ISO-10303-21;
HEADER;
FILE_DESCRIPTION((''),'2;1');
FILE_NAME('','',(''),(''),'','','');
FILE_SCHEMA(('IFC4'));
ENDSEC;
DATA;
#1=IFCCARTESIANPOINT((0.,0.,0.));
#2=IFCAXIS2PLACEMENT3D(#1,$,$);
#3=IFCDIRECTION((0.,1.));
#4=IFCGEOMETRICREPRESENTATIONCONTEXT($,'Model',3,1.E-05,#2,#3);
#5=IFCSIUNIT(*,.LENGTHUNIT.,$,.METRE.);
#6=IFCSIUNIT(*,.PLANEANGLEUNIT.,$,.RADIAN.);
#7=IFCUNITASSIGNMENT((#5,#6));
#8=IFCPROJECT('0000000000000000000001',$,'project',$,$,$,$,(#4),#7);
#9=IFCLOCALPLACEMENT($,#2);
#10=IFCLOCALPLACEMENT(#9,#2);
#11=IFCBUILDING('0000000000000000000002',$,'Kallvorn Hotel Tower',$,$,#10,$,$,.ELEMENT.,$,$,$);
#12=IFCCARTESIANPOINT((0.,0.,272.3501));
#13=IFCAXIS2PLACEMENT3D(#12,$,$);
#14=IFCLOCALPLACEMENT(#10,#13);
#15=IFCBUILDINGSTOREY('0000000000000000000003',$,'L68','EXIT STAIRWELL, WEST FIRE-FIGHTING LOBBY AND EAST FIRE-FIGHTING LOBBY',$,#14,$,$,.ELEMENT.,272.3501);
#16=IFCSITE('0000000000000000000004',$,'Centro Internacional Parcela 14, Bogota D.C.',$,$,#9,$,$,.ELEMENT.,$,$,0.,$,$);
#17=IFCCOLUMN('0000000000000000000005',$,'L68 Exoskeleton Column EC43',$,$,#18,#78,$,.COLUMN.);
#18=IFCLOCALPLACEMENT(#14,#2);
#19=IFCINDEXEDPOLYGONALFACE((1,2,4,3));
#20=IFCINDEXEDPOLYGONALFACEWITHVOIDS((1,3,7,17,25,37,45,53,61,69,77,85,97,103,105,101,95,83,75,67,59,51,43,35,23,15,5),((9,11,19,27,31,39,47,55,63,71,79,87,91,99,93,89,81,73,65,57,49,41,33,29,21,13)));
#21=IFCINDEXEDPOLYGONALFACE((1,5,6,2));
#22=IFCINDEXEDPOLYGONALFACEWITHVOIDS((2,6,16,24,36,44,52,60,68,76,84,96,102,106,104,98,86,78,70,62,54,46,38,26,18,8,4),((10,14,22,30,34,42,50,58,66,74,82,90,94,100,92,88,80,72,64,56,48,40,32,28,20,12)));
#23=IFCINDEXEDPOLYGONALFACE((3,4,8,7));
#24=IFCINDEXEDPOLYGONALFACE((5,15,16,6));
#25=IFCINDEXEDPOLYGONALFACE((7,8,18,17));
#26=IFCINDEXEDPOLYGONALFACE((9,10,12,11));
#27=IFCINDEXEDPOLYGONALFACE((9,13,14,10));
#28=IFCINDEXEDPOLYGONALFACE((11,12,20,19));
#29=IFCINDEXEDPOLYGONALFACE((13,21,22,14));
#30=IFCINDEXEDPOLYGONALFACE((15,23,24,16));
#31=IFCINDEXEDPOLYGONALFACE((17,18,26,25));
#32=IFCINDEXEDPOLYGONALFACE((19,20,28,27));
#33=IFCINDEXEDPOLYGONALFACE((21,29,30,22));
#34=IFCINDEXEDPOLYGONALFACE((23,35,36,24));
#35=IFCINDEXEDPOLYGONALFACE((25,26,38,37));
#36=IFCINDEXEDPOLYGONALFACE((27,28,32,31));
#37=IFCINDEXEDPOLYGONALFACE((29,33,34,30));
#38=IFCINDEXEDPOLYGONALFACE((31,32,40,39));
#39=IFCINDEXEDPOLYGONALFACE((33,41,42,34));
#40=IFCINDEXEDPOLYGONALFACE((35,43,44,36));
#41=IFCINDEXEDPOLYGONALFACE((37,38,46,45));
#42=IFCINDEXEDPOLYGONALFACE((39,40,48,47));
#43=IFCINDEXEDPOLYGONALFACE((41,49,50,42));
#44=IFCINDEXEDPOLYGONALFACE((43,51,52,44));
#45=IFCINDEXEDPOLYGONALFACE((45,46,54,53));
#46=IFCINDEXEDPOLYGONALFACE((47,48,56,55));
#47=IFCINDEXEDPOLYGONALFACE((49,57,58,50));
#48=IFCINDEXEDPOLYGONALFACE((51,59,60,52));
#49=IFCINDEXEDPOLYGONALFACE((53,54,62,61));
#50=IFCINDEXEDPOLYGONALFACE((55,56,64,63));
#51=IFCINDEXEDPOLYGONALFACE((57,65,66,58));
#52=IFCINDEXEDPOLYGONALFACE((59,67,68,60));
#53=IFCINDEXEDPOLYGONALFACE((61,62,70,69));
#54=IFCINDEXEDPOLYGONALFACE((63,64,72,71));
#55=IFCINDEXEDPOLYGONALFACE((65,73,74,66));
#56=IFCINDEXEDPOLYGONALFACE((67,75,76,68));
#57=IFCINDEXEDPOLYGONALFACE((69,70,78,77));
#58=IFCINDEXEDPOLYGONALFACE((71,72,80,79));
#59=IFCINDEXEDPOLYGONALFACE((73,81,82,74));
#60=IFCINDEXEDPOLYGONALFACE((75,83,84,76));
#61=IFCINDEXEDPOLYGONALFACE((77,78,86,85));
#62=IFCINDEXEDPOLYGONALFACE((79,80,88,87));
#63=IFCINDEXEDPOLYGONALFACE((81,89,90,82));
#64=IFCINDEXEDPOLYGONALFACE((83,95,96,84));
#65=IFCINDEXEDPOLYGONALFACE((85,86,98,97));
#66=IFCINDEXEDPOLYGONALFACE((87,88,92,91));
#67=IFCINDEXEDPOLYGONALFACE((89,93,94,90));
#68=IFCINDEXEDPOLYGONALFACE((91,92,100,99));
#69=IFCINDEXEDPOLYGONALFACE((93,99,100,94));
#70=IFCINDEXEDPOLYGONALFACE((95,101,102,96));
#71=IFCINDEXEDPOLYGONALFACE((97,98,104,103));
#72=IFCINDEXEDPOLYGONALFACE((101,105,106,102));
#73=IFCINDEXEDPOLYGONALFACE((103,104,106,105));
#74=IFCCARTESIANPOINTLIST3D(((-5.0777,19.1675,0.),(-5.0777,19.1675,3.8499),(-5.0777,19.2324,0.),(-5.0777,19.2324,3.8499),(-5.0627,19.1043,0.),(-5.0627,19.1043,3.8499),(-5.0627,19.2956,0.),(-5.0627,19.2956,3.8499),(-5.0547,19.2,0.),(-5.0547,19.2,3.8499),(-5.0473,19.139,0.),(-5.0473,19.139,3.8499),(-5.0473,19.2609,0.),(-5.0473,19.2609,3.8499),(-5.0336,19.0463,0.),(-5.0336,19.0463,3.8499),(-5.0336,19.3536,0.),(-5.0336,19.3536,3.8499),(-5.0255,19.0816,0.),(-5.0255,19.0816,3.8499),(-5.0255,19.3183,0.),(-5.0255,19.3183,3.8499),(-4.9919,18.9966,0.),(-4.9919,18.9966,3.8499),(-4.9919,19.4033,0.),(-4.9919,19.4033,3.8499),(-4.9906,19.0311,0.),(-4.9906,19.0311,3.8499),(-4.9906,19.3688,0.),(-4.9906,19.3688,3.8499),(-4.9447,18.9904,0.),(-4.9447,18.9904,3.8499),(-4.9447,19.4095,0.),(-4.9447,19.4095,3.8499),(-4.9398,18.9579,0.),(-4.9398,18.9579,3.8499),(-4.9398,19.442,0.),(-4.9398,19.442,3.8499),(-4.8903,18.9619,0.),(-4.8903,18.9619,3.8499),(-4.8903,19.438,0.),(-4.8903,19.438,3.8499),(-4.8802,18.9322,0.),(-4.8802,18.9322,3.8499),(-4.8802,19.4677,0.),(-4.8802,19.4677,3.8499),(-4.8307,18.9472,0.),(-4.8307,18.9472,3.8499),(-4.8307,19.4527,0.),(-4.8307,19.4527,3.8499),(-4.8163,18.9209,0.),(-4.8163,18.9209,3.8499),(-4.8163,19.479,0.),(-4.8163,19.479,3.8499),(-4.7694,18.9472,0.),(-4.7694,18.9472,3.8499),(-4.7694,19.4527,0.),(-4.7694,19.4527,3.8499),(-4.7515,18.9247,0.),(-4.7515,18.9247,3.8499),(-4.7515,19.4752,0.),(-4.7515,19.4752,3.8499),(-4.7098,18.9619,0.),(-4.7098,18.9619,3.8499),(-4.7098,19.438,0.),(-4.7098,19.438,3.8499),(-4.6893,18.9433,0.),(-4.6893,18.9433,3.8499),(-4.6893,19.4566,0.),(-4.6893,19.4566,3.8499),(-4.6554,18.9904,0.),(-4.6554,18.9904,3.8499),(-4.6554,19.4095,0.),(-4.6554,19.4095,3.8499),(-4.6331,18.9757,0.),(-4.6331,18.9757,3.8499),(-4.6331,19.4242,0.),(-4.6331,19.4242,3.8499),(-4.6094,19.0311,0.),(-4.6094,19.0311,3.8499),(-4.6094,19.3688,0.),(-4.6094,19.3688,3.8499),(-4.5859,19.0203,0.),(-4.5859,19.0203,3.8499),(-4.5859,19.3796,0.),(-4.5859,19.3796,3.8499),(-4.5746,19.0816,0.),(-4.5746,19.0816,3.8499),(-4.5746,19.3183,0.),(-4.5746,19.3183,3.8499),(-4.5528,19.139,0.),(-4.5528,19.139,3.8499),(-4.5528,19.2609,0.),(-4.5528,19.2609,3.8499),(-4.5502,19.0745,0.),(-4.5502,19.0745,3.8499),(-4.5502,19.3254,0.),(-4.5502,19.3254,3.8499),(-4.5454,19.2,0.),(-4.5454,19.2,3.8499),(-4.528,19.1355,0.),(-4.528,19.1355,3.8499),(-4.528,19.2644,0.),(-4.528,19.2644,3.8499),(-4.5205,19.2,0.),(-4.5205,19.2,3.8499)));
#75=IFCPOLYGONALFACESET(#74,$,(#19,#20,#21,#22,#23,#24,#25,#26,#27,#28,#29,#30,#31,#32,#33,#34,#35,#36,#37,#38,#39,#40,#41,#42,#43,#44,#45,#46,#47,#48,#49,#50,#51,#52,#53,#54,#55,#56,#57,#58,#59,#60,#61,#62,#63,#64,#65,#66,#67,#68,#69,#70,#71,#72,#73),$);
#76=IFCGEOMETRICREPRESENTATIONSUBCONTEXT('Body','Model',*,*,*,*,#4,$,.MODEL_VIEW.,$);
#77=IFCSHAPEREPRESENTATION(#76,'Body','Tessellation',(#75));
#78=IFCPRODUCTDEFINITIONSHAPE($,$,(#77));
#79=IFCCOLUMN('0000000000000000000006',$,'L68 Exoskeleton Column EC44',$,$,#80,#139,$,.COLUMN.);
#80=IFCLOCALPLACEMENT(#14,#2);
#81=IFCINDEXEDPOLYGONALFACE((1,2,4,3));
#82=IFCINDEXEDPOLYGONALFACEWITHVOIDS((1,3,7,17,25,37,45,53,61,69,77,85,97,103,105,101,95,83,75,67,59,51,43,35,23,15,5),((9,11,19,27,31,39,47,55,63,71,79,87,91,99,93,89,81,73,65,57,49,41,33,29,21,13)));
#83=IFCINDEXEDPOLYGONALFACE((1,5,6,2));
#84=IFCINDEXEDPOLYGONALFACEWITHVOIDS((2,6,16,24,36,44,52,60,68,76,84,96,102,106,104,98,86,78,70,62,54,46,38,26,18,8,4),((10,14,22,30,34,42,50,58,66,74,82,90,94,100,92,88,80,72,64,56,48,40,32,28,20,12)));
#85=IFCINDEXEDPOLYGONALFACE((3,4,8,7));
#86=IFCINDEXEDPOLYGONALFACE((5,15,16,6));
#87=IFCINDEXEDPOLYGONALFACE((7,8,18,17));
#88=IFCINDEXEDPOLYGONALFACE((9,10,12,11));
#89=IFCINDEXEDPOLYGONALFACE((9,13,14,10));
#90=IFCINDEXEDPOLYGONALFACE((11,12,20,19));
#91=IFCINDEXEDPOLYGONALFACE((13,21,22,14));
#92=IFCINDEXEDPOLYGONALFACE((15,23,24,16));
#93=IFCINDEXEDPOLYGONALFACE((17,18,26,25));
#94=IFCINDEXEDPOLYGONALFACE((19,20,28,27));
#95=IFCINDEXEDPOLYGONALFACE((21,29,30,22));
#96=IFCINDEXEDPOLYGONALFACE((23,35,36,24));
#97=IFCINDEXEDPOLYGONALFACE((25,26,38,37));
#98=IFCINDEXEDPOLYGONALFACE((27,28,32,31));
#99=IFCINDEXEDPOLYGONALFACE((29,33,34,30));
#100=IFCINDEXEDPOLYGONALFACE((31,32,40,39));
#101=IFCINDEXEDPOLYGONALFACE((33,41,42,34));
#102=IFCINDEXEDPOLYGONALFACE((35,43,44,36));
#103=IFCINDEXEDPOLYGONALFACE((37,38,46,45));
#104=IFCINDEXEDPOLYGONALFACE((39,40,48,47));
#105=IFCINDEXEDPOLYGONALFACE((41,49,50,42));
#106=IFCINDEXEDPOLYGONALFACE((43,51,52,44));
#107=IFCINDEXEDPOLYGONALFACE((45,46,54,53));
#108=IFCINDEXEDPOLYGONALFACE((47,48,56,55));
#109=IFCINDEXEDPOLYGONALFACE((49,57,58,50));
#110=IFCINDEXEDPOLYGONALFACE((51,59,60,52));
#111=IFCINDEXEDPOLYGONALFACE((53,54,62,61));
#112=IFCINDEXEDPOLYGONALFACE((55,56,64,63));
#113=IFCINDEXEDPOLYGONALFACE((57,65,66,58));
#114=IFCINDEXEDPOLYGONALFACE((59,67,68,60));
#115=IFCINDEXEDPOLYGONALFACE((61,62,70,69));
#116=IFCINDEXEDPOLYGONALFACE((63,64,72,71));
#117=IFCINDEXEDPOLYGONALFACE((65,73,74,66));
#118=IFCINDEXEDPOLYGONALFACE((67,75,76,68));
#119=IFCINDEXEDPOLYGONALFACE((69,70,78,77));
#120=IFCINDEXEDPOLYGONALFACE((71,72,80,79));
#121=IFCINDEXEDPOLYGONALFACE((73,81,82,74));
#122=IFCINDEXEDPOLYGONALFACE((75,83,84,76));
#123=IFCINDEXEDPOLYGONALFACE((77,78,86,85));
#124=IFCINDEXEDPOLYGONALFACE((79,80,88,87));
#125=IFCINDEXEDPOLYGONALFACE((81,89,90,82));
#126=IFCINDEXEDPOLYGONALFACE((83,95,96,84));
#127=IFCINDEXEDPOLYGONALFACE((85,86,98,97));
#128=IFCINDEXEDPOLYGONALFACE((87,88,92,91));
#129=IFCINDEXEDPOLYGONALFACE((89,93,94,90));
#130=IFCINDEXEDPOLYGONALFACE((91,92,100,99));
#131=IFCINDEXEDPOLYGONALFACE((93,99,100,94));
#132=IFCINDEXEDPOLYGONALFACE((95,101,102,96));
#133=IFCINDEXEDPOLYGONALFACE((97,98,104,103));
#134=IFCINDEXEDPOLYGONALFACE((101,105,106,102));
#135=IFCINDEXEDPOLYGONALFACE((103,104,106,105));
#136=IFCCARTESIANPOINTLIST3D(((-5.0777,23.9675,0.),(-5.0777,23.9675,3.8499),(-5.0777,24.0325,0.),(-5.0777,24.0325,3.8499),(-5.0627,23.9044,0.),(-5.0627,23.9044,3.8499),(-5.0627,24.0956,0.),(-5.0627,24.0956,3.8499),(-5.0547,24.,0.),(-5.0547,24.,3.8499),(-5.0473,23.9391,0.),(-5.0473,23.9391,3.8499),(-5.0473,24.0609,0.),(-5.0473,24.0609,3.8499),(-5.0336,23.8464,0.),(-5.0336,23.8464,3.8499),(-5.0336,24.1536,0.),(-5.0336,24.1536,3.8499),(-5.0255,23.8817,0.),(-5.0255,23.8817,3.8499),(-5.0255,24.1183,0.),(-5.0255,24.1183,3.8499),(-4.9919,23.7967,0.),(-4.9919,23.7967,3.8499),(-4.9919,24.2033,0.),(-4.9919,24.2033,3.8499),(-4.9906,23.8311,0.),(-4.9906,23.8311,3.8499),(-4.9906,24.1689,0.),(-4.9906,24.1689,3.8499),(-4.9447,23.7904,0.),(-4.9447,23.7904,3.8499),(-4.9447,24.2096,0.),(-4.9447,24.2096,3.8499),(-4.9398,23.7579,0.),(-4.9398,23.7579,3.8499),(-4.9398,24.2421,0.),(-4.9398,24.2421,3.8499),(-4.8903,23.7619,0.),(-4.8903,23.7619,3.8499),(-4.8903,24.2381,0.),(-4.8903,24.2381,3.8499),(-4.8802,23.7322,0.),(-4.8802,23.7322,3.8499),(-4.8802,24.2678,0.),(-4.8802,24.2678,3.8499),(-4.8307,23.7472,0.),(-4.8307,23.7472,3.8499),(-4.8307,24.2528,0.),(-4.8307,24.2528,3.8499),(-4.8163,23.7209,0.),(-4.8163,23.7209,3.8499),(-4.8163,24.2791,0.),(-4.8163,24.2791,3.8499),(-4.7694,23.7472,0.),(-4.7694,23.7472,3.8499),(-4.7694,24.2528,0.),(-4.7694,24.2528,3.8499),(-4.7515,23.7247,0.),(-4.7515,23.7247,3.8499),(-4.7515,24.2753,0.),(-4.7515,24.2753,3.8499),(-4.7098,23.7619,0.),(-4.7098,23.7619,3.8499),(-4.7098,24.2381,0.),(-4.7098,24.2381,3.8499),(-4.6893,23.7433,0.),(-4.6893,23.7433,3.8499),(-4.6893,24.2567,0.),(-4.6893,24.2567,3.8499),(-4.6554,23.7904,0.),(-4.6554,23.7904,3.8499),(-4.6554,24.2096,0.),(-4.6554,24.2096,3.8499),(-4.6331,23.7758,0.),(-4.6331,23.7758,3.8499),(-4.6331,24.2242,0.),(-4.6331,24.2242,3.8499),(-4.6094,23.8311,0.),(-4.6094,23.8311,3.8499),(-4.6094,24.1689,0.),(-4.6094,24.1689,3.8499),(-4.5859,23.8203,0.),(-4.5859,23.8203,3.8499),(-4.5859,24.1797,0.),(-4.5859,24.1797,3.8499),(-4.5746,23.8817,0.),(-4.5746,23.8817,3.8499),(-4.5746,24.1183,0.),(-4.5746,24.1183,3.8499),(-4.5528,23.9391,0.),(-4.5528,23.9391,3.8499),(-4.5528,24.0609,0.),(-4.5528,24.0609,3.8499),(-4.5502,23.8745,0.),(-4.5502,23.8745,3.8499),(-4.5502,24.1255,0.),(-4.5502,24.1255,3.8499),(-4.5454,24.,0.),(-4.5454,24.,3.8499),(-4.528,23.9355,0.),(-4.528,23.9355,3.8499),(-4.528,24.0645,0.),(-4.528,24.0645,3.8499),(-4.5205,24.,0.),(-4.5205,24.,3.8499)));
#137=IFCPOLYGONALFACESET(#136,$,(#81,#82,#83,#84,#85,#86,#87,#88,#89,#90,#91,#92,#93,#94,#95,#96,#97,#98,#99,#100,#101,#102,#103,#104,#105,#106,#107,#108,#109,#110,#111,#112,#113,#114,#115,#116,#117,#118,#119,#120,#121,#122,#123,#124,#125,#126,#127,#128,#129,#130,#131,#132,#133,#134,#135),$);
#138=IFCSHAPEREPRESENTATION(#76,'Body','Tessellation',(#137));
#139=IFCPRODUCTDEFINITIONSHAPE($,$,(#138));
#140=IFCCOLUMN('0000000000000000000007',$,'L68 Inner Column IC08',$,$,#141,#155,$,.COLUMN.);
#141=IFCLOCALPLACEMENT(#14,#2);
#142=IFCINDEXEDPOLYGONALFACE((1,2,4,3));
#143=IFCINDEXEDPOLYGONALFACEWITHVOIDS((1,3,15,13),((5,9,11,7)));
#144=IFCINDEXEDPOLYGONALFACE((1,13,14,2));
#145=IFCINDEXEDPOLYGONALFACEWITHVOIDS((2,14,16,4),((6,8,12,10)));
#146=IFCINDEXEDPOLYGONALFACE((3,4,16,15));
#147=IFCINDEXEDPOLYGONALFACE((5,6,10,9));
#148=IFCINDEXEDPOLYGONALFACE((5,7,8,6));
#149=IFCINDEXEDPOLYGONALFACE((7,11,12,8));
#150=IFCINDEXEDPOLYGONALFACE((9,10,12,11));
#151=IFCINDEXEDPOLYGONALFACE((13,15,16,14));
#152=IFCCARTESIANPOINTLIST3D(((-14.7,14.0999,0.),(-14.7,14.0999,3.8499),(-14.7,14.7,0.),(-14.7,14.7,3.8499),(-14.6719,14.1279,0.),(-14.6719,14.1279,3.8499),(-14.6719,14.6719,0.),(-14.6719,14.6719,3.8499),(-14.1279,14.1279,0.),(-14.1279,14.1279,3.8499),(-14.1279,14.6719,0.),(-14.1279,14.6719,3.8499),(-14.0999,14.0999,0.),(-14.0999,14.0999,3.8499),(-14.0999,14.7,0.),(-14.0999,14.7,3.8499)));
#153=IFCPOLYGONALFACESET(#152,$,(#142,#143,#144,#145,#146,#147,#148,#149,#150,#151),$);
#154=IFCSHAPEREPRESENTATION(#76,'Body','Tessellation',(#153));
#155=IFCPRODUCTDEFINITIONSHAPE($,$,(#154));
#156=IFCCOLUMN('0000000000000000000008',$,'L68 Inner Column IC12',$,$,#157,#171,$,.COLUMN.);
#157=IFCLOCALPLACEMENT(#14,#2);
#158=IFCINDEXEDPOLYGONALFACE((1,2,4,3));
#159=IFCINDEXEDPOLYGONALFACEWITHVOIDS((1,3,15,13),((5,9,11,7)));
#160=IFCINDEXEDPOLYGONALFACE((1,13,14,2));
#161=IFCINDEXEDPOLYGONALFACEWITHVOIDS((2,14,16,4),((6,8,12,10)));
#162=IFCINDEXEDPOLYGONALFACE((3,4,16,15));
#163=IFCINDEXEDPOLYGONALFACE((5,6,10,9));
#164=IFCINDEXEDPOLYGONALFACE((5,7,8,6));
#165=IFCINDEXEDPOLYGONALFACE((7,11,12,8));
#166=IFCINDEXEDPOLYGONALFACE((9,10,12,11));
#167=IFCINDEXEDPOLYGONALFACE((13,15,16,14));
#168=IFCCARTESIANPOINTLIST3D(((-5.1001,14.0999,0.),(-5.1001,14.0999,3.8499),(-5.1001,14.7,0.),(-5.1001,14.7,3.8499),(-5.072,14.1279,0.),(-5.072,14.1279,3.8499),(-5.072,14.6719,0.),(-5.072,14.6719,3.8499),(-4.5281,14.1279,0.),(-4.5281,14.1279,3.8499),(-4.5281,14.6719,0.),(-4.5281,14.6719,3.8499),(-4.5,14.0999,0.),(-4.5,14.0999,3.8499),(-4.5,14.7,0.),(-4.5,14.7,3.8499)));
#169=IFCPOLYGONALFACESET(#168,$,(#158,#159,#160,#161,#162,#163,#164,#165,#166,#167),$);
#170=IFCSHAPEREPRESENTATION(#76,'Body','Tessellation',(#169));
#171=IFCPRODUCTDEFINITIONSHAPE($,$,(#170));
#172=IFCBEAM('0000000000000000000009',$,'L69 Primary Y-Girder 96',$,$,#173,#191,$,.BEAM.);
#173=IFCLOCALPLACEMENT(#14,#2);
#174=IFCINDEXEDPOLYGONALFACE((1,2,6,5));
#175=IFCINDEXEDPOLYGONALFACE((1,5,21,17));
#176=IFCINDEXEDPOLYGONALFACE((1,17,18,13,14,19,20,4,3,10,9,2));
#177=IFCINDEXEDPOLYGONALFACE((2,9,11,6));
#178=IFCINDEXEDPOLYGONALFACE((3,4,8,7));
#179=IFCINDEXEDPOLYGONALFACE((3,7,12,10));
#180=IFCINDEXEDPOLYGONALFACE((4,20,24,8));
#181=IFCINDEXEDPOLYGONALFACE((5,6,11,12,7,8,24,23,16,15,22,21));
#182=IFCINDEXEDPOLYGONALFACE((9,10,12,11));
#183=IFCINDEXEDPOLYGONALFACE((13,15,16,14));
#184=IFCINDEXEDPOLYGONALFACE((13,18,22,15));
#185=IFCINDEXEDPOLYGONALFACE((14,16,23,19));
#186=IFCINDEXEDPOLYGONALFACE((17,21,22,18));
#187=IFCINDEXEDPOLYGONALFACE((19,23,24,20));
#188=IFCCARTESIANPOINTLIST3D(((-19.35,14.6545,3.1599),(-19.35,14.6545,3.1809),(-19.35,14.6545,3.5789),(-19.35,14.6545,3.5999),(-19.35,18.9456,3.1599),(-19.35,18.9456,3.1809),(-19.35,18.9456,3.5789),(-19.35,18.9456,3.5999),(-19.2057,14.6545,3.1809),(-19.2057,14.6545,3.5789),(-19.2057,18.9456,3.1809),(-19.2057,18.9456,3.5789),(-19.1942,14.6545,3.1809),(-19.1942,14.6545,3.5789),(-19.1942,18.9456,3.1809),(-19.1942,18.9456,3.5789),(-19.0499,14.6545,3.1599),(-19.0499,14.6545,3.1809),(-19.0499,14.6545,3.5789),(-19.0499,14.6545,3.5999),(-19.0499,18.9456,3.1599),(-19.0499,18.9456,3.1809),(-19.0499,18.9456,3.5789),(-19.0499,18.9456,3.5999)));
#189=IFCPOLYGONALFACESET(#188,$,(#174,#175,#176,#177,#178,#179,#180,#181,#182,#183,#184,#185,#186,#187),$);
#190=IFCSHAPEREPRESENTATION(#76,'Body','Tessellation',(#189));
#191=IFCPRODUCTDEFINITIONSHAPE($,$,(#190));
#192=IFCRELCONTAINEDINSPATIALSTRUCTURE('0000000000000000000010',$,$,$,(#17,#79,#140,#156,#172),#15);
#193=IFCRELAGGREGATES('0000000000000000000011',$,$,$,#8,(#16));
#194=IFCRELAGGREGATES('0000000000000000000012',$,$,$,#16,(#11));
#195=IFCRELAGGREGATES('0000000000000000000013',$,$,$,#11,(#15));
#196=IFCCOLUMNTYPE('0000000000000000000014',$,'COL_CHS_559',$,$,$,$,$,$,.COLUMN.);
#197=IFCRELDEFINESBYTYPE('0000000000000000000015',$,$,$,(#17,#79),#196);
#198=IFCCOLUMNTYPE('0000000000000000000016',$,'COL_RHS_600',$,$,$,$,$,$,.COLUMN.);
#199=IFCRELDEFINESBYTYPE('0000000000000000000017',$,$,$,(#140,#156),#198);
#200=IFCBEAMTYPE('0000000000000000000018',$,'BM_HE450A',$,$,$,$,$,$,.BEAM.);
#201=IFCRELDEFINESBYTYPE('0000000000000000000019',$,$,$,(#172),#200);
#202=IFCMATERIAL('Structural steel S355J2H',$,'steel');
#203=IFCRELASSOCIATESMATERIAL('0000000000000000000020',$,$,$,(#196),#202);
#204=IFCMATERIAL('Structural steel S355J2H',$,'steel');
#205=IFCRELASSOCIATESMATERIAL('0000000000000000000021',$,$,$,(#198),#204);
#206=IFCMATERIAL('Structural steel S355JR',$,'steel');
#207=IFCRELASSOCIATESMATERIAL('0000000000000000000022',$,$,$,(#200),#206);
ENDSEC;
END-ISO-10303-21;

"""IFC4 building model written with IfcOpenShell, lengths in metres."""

from ifc_helpers import new_model, si_unit, direction, frame, origin, origin_2d, place, context, subcontext, project, spatial, hollow_rectangle, hollow_circle, i_section, extrude, material, material_profile, profile_set, type_object, element, save


model = new_model("IFC4")

# Units and contexts
model_context = context("Model", 3, precision=1e-05, world=origin(), true_north=direction((0.0, 1.0)))
body_context = subcontext(model_context, "Body", "Model", "MODEL_VIEW")
ifc_project = project(units=[si_unit("LENGTHUNIT", "METRE"), si_unit("PLANEANGLEUNIT", "RADIAN")], contexts=[model_context])

# Site, building, storey
site_placement = place(None, origin())
site = spatial("IfcSite", under=ifc_project, at=site_placement, Name="Centro Internacional Parcela 14, Bogota D.C.", CompositionType="ELEMENT", RefElevation=0.0)
building_placement = place(site_placement, origin())
building = spatial("IfcBuilding", under=site, at=building_placement, Name="Kallvorn Hotel Tower", CompositionType="ELEMENT")
storey_placement = place(building_placement, frame((0.0, 0.0, 272.3501)))
storey = spatial("IfcBuildingStorey", under=building, at=storey_placement, Name="L68", Description="EXIT STAIRWELL, WEST FIRE-FIGHTING LOBBY AND EAST FIRE-FIGHTING LOBBY", CompositionType="ELEMENT", Elevation=272.3501)

# Columns
ifc_material_1 = material(Name="Structural steel S355J2H", Category="steel")
ifc_material_profile_1 = material_profile(ifc_material_1, hollow_circle(Radius=0.2795, WallThickness=0.0249, at=origin_2d()), Name="CHS 559x25")
ifc_profile_set_1 = profile_set([ifc_material_profile_1], Name="Structural steel S355J2H")
column_type_1 = type_object("IfcColumnType", Name="COL_CHS_559", PredefinedType="COLUMN", material=ifc_profile_set_1)
for number, where, z_axis, x_axis, name in (
    (1, (-4.8, 19.2, 0.0), (0.0, 0.0, 1.0), (1.0, 0.0, 0.0), "L68 Exoskeleton Column EC43"),
    (2, (-4.8, 24.0, 0.0), (0.0, 0.0, 1.0), (1.0, 0.0, 0.0), "L68 Exoskeleton Column EC44"),
):
    element("IfcColumn", number, at=place(storey_placement, frame(where, z_axis=z_axis, x_axis=x_axis)), inside=storey, type_object=column_type_1, Name=name, PredefinedType="COLUMN", context=body_context, shape_type="SweptSolid", body=[
        extrude(hollow_circle(Radius=0.2795, WallThickness=0.0249, at=origin_2d()), origin(), (0.0, 0.0, 1.0), 3.8499),
    ])
ifc_material_2 = material(Name="Structural steel S355J2H", Category="steel")
ifc_material_profile_2 = material_profile(ifc_material_2, hollow_rectangle(XDim=0.6001, YDim=0.6001, WallThickness=0.0281, at=origin_2d()), Name="RHS 600x600x28")
ifc_profile_set_2 = profile_set([ifc_material_profile_2], Name="Structural steel S355J2H")
column_type_2 = type_object("IfcColumnType", Name="COL_RHS_600", PredefinedType="COLUMN", material=ifc_profile_set_2)
for number, where, z_axis, x_axis, name in (
    (3, (-14.3999, 14.3999, 0.0), (0.0, 0.0, 1.0), (1.0, 0.0, 0.0), "L68 Inner Column IC08"),
    (4, (-4.8, 14.3999, 0.0), (0.0, 0.0, 1.0), (1.0, 0.0, 0.0), "L68 Inner Column IC12"),
):
    element("IfcColumn", number, at=place(storey_placement, frame(where, z_axis=z_axis, x_axis=x_axis)), inside=storey, type_object=column_type_2, Name=name, PredefinedType="COLUMN", context=body_context, shape_type="SweptSolid", body=[
        extrude(hollow_rectangle(XDim=0.6001, YDim=0.6001, WallThickness=0.0281, at=origin_2d()), origin(), (0.0, 0.0, 1.0), 3.8499),
    ])

# Beam
ifc_material_3 = material(Name="Structural steel S355JR", Category="steel")
ifc_material_profile_3 = material_profile(ifc_material_3, i_section(OverallWidth=0.3, OverallDepth=0.4399, WebThickness=0.0115, FlangeThickness=0.021, at=origin_2d()), Name="HE 450 A")
ifc_profile_set_3 = profile_set([ifc_material_profile_3], Name="Structural steel S355JR")
beam_type_1 = type_object("IfcBeamType", Name="BM_HE450A", PredefinedType="BEAM", material=ifc_profile_set_3)
for number, where, z_axis, x_axis, name in (
    (5, (-19.2, 14.6545, 3.3799), (0.0, 1.0, 0.0), (-1.0, 0.0, 0.0), "L69 Primary Y-Girder 96"),
):
    element("IfcBeam", number, at=place(storey_placement, frame(where, z_axis=z_axis, x_axis=x_axis)), inside=storey, type_object=beam_type_1, Name=name, PredefinedType="BEAM", context=body_context, shape_type="SweptSolid", body=[
        extrude(i_section(OverallWidth=0.3, OverallDepth=0.4399, WebThickness=0.0115, FlangeThickness=0.021, at=origin_2d()), origin(), (0.0, 0.0, 1.0), 4.291),
    ])

save(model, "model.ifc")
